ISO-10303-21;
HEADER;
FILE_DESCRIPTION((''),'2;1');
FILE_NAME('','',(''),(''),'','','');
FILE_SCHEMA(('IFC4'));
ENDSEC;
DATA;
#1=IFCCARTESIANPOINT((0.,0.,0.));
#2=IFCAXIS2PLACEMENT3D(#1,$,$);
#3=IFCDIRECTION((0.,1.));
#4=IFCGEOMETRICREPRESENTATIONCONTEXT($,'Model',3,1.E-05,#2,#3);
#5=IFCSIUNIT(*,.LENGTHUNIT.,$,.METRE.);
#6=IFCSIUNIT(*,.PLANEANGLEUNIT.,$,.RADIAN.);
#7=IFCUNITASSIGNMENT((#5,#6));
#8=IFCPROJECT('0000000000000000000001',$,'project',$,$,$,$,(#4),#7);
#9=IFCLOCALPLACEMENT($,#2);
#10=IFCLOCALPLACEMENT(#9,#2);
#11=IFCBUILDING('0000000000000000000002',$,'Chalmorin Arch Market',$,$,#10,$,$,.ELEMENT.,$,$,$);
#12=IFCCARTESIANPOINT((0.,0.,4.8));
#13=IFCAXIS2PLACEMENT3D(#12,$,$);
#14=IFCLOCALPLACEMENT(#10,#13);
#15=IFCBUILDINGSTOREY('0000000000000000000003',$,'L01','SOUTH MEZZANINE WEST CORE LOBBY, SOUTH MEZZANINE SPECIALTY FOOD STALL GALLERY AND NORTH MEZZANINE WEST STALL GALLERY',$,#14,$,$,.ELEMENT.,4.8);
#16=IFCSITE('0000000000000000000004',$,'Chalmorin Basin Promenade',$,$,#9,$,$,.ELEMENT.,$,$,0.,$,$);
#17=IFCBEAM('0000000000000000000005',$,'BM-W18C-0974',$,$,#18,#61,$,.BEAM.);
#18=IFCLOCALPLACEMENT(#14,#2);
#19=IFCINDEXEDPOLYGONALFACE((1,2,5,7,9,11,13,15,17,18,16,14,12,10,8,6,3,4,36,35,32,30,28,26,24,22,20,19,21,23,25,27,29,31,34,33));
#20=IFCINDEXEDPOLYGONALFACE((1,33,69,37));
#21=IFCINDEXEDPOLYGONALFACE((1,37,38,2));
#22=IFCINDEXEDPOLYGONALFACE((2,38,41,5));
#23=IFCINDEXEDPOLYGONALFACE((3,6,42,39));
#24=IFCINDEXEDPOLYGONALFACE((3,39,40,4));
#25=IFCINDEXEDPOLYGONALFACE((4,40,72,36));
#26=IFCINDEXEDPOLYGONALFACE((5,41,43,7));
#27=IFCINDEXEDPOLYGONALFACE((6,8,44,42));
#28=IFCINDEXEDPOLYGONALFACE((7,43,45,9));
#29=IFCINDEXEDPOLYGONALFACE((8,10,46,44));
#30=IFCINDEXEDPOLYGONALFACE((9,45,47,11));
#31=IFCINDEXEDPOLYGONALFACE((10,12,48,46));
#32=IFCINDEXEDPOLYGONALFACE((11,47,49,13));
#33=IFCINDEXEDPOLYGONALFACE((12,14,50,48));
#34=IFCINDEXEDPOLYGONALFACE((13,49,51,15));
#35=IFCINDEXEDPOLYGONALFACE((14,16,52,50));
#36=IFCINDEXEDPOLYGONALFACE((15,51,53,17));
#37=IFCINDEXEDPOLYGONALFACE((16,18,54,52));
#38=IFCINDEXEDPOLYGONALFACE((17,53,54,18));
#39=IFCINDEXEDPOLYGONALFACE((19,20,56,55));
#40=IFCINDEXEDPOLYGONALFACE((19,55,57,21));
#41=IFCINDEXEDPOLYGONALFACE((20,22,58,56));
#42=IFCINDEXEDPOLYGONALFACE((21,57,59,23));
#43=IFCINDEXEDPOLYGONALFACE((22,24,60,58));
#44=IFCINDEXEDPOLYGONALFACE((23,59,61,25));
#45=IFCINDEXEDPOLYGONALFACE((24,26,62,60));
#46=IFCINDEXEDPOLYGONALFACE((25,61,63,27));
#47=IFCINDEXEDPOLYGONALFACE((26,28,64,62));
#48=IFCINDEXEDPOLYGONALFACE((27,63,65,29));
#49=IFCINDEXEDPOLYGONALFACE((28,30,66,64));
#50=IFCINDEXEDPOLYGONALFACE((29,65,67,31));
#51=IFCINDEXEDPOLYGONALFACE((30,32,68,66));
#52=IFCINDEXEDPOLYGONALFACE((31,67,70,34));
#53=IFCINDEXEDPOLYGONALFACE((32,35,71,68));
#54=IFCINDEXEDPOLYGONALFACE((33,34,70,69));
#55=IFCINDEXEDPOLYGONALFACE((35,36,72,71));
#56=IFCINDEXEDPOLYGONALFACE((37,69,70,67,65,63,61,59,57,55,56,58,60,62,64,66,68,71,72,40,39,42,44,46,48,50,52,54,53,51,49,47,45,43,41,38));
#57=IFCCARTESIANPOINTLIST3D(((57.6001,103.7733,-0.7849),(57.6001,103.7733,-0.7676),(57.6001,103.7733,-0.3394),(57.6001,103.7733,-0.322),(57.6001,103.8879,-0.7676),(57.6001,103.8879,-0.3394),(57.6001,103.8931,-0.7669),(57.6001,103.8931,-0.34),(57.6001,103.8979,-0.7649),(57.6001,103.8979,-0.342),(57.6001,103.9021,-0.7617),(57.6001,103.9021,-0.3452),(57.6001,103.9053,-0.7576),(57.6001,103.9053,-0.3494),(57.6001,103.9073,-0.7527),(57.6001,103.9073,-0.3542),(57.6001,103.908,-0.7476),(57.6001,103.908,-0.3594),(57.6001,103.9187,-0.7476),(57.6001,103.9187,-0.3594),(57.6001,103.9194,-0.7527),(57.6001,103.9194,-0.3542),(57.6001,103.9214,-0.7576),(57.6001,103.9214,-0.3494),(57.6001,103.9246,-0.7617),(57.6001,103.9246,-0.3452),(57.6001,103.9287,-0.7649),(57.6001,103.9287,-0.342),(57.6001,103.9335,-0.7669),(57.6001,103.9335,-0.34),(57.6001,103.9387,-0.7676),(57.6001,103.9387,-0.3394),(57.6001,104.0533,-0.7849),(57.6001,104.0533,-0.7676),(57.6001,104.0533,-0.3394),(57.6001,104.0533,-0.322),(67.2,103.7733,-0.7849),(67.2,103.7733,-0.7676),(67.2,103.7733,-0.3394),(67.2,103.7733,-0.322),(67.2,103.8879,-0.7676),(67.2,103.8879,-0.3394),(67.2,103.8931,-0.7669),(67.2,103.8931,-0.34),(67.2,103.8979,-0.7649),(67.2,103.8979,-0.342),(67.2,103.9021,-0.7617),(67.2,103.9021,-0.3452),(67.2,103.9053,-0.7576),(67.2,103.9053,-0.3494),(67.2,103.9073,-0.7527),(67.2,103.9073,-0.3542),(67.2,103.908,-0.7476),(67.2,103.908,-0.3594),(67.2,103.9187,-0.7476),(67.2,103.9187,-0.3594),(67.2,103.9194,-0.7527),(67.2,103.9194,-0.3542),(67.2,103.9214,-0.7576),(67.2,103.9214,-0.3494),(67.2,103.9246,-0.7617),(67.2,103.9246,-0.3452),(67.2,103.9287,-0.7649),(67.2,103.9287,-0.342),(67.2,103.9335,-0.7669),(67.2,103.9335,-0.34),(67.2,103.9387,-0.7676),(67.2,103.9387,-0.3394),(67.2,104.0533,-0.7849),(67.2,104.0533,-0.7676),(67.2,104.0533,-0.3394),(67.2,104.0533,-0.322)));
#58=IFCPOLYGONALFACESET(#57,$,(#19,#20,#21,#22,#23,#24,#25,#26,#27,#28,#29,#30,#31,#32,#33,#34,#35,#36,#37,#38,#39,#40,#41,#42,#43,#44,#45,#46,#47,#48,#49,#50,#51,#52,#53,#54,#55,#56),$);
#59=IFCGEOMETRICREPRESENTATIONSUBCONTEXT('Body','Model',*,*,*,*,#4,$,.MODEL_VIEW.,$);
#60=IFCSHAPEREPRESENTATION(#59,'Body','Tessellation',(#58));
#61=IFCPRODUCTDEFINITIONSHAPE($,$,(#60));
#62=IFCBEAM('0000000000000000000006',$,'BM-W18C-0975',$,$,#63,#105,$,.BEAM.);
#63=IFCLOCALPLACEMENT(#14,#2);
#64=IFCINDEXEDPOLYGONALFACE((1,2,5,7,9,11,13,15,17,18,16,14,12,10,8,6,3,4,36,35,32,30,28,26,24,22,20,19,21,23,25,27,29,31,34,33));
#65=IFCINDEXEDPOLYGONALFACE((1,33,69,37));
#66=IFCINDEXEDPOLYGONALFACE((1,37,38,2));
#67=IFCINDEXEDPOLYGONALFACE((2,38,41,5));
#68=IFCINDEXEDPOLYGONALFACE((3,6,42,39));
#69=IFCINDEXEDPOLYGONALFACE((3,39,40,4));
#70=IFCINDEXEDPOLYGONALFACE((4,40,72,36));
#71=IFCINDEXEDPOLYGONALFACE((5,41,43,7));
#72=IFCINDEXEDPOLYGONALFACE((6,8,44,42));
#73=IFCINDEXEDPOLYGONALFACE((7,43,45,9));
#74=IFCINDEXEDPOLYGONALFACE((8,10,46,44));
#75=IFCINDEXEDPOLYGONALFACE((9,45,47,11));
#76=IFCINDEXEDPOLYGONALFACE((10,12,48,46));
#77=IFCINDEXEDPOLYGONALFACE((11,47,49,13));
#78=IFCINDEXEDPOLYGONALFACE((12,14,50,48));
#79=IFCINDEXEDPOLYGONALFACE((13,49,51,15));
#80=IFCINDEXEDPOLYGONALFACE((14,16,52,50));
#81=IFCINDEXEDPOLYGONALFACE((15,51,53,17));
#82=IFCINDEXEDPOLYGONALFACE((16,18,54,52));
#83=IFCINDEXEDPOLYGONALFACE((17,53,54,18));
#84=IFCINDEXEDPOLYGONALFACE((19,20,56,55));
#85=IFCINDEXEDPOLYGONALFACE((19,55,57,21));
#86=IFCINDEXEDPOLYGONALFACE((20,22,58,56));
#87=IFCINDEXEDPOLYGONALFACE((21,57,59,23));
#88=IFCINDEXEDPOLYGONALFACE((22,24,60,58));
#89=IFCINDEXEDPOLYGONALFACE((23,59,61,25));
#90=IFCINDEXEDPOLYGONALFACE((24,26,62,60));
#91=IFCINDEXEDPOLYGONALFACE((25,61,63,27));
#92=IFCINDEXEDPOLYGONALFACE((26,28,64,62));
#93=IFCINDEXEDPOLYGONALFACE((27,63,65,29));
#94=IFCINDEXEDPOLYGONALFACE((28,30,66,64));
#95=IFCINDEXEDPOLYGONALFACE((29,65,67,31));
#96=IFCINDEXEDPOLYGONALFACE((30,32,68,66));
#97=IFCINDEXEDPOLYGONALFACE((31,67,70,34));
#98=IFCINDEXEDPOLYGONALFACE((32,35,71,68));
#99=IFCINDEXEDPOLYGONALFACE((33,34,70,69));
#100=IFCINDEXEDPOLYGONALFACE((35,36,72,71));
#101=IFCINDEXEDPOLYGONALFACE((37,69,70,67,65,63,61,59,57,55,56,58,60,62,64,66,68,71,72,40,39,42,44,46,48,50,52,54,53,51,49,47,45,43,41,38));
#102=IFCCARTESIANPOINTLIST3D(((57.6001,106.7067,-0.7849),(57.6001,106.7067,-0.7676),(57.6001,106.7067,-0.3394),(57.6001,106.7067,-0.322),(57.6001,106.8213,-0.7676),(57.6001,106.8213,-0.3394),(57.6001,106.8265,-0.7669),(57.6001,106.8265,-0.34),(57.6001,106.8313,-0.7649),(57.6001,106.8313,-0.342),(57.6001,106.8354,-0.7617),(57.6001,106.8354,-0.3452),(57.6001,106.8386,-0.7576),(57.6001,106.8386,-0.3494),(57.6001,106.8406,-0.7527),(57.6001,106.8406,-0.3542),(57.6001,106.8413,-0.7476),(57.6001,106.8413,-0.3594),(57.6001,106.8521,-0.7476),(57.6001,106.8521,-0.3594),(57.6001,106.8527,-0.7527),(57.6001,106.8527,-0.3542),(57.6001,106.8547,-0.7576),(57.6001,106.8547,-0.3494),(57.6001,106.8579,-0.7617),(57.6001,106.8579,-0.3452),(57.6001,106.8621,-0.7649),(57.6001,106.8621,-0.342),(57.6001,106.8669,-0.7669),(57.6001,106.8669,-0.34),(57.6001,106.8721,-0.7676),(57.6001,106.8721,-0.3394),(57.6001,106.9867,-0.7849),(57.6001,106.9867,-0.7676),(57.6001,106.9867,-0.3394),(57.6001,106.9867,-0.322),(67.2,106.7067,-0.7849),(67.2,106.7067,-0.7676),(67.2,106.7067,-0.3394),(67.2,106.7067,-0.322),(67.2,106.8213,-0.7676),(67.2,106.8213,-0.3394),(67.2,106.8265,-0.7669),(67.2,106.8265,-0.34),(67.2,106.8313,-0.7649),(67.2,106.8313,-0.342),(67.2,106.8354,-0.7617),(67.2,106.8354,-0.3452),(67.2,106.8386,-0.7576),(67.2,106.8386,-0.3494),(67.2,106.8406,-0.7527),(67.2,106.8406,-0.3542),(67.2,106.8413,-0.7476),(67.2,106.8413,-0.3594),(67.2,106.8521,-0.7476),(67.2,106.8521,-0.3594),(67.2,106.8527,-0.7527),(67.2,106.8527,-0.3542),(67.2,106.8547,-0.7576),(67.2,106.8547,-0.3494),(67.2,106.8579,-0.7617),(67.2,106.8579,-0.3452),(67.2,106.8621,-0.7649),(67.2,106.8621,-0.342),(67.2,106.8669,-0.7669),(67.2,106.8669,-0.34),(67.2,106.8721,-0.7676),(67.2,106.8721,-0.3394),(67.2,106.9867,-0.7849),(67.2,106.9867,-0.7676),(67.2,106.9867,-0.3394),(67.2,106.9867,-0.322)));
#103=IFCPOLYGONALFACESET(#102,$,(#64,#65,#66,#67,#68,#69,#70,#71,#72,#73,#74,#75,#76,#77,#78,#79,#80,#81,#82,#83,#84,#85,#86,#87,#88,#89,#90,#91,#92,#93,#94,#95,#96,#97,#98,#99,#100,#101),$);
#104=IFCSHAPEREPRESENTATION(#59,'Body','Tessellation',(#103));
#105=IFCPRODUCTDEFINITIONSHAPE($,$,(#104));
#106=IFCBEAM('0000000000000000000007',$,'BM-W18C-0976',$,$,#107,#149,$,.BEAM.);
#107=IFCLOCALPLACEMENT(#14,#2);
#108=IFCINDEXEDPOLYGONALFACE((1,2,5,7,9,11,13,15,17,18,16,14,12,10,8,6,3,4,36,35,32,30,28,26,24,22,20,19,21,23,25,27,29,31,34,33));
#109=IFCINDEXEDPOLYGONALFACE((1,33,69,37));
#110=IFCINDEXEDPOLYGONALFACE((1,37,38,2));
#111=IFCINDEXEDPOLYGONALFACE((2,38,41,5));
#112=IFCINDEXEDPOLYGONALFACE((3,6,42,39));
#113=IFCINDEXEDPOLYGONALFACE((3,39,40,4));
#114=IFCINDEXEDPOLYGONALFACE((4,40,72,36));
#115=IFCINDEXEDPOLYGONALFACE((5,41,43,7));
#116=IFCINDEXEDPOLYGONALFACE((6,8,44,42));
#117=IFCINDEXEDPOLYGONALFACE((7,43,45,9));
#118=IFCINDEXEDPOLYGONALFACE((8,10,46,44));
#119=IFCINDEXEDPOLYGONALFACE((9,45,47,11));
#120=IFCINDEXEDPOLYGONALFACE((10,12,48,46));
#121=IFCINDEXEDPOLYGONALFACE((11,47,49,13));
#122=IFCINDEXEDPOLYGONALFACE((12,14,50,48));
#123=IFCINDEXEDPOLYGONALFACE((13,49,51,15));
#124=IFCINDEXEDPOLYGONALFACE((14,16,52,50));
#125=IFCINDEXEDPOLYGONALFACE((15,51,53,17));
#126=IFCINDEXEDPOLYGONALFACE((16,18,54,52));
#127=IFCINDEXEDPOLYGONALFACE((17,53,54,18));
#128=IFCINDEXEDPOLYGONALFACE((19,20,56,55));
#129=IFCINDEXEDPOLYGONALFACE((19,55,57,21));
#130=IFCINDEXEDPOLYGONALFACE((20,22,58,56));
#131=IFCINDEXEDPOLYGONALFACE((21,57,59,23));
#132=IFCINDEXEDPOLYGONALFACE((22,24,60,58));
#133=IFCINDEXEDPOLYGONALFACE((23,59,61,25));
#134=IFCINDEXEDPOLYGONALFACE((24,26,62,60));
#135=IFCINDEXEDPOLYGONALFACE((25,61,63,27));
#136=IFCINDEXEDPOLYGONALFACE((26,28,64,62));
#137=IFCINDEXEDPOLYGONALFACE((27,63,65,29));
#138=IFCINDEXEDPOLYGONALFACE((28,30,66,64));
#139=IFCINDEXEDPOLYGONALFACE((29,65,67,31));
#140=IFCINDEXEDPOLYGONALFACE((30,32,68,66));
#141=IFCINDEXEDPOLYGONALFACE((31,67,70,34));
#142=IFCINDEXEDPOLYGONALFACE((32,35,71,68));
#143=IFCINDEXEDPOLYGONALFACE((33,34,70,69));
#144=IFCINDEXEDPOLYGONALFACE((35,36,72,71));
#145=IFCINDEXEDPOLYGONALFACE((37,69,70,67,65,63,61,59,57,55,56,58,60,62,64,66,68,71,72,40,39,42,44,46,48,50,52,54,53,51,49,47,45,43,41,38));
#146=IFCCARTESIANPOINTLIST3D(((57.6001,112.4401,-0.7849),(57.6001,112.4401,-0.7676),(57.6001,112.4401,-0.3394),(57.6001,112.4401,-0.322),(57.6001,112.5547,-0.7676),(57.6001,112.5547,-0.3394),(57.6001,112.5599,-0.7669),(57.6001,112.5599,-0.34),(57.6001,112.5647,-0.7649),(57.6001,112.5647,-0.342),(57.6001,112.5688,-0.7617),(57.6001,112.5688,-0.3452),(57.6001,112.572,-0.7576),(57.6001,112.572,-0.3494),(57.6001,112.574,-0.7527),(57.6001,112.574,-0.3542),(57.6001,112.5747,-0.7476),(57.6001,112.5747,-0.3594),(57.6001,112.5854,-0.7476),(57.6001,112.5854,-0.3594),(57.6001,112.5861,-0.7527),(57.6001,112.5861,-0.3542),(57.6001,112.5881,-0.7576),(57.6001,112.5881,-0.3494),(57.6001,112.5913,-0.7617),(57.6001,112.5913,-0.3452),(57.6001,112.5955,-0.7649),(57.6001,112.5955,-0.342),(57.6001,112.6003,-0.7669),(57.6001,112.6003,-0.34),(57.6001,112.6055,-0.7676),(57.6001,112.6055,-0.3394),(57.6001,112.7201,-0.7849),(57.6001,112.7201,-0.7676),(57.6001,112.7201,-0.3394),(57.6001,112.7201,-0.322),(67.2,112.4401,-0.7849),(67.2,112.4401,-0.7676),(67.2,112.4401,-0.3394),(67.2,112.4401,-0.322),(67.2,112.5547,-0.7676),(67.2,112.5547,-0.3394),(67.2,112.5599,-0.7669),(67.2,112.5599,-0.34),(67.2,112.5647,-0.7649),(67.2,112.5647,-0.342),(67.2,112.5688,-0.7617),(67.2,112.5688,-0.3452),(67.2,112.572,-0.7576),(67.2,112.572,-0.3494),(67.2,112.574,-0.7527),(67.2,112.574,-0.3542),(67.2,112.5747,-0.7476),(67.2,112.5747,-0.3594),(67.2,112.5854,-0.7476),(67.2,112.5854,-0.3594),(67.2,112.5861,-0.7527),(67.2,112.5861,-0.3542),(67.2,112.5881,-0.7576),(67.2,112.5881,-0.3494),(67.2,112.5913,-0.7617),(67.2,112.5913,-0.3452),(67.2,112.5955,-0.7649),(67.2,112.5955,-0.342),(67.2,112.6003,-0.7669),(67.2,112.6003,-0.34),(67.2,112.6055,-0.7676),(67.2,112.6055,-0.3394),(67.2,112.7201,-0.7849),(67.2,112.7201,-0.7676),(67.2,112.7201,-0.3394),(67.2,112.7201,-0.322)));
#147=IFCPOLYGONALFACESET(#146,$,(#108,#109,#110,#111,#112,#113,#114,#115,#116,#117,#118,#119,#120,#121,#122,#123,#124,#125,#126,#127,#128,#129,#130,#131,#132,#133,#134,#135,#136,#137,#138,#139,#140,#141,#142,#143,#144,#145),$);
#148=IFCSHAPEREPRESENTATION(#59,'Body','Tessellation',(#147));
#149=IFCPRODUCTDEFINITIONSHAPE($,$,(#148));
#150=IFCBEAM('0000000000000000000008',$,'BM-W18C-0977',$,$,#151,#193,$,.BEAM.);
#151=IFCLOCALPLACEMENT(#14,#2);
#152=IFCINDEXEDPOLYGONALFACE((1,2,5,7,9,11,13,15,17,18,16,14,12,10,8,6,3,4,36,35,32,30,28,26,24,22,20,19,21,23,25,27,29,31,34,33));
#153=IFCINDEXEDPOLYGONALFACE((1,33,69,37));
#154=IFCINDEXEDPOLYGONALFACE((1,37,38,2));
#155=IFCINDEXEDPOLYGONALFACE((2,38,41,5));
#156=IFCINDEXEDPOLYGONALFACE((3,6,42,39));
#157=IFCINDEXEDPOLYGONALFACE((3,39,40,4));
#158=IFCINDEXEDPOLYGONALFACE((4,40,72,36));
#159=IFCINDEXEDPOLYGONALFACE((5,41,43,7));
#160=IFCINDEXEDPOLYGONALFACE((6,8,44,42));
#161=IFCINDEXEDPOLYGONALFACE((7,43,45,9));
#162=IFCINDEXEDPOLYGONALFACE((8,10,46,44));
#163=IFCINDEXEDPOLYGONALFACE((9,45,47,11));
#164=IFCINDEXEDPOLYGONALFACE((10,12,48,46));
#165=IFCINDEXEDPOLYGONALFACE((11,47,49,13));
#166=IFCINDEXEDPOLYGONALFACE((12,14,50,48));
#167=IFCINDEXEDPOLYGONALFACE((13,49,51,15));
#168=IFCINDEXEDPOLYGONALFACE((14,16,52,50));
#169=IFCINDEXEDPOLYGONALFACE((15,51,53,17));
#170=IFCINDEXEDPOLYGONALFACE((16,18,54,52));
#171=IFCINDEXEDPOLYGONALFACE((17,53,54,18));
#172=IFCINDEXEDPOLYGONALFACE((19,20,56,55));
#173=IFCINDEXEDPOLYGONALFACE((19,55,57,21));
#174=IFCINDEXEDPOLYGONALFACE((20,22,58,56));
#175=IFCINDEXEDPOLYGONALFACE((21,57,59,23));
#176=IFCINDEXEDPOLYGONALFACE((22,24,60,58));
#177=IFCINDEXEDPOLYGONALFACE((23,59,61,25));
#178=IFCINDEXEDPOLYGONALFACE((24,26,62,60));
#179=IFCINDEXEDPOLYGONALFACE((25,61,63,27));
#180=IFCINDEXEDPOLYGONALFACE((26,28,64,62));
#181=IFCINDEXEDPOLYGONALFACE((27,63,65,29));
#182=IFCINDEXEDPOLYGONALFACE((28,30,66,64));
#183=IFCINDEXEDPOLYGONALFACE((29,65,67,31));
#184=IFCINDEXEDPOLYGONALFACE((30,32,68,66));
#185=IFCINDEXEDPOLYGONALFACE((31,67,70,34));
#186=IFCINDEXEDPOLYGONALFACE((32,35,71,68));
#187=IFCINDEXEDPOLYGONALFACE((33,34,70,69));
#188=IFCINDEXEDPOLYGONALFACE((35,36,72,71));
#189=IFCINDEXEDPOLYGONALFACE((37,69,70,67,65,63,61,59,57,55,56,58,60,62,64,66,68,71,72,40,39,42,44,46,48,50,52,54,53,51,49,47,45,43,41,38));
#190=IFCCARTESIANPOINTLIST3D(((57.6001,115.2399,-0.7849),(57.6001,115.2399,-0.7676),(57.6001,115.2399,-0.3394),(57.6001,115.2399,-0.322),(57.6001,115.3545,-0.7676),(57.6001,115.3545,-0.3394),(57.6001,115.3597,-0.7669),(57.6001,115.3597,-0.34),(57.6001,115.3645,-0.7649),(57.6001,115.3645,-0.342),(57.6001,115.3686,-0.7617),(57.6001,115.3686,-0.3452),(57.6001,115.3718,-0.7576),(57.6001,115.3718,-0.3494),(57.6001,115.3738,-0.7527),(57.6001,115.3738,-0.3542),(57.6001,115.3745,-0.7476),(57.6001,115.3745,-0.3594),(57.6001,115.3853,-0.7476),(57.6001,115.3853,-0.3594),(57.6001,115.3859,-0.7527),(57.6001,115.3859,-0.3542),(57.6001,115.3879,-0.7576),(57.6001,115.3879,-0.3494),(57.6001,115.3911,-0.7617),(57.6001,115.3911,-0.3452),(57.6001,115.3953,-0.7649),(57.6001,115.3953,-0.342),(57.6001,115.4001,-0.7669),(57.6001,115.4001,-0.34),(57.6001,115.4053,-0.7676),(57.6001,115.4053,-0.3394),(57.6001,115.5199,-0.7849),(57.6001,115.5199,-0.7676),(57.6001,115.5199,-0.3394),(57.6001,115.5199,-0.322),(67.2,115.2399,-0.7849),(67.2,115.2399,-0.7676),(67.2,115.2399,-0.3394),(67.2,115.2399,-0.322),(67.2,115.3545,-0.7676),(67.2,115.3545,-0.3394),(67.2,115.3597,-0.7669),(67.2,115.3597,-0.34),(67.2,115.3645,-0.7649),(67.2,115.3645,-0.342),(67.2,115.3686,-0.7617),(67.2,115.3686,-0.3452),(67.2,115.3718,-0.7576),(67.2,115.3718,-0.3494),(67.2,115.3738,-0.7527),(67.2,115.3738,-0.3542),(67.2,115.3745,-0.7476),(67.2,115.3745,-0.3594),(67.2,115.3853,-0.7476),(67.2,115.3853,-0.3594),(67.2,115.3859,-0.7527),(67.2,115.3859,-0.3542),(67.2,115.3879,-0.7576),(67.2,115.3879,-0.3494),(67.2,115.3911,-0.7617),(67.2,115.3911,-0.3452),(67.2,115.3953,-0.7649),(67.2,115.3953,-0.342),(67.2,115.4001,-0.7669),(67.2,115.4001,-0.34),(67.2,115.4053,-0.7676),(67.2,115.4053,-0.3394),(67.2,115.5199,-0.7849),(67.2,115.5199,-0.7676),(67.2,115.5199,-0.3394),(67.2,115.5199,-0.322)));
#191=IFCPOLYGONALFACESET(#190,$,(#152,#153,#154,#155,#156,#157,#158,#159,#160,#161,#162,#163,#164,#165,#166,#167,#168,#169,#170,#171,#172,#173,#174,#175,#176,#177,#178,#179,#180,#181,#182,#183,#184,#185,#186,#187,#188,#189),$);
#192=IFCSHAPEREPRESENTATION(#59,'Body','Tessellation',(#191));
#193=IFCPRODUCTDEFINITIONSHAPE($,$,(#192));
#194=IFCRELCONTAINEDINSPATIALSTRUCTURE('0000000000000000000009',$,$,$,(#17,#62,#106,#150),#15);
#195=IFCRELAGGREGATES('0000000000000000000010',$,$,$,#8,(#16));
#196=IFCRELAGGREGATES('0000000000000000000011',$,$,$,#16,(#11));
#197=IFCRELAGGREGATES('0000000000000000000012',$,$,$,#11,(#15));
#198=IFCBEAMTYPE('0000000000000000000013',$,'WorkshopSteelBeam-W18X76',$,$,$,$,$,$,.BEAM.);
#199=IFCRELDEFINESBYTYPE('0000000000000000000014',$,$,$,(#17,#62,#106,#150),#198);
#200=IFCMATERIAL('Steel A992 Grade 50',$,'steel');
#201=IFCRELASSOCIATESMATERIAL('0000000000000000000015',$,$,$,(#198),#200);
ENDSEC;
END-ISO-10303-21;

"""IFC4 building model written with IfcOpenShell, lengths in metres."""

from ifc_helpers import new_model, si_unit, direction, frame, origin, origin_2d, place, context, subcontext, project, spatial, i_section, extrude, material, material_profile, profile_set, type_object, element, save


model = new_model("IFC4")

# Units and contexts
model_context = context("Model", 3, precision=1e-05, world=origin(), true_north=direction((0.0, 1.0)))
body_context = subcontext(model_context, "Body", "Model", "MODEL_VIEW")
ifc_project = project(units=[si_unit("LENGTHUNIT", "METRE"), si_unit("PLANEANGLEUNIT", "RADIAN")], contexts=[model_context])

# Site, building, storey
site_placement = place(None, origin())
site = spatial("IfcSite", under=ifc_project, at=site_placement, Name="Chalmorin Basin Promenade", CompositionType="ELEMENT", RefElevation=0.0)
building_placement = place(site_placement, origin())
building = spatial("IfcBuilding", under=site, at=building_placement, Name="Chalmorin Arch Market", CompositionType="ELEMENT")
storey_placement = place(building_placement, frame((0.0, 0.0, 4.8)))
storey = spatial("IfcBuildingStorey", under=building, at=storey_placement, Name="L01", Description="SOUTH MEZZANINE WEST CORE LOBBY, SOUTH MEZZANINE SPECIALTY FOOD STALL GALLERY AND NORTH MEZZANINE WEST STALL GALLERY", CompositionType="ELEMENT", Elevation=4.8)

# Beams
ifc_material_1 = material(Name="Steel A992 Grade 50", Category="steel")
ifc_material_profile_1 = material_profile(ifc_material_1, i_section(OverallWidth=0.28, OverallDepth=0.4629, WebThickness=0.0107, FlangeThickness=0.0173, FilletRadius=0.02, at=origin_2d()), Name="W18X76")
ifc_profile_set_1 = profile_set([ifc_material_profile_1], Name="Steel A992 Grade 50")
beam_type_1 = type_object("IfcBeamType", Name="WorkshopSteelBeam-W18X76", PredefinedType="BEAM", material=ifc_profile_set_1)
for number, where, z_axis, x_axis, name in (
    (1, (57.6001, 103.9133, -0.5535), (1.0, 0.0, 0.0), (0.0, 1.0, 0.0), "BM-W18C-0974"),
    (2, (57.6001, 106.8467, -0.5535), (1.0, 0.0, 0.0), (0.0, 1.0, 0.0), "BM-W18C-0975"),
    (3, (57.6001, 112.5801, -0.5535), (1.0, 0.0, 0.0), (0.0, 1.0, 0.0), "BM-W18C-0976"),
    (4, (57.6001, 115.3799, -0.5535), (1.0, 0.0, 0.0), (0.0, 1.0, 0.0), "BM-W18C-0977"),
):
    element("IfcBeam", number, at=place(storey_placement, frame(where, z_axis=z_axis, x_axis=x_axis)), inside=storey, type_object=beam_type_1, Name=name, PredefinedType="BEAM", context=body_context, shape_type="SweptSolid", body=[
        extrude(i_section(OverallWidth=0.28, OverallDepth=0.4629, WebThickness=0.0107, FlangeThickness=0.0173, FilletRadius=0.02, at=origin_2d()), origin(), (0.0, 0.0, 1.0), 9.5999),
    ])

save(model, "model.ifc")
